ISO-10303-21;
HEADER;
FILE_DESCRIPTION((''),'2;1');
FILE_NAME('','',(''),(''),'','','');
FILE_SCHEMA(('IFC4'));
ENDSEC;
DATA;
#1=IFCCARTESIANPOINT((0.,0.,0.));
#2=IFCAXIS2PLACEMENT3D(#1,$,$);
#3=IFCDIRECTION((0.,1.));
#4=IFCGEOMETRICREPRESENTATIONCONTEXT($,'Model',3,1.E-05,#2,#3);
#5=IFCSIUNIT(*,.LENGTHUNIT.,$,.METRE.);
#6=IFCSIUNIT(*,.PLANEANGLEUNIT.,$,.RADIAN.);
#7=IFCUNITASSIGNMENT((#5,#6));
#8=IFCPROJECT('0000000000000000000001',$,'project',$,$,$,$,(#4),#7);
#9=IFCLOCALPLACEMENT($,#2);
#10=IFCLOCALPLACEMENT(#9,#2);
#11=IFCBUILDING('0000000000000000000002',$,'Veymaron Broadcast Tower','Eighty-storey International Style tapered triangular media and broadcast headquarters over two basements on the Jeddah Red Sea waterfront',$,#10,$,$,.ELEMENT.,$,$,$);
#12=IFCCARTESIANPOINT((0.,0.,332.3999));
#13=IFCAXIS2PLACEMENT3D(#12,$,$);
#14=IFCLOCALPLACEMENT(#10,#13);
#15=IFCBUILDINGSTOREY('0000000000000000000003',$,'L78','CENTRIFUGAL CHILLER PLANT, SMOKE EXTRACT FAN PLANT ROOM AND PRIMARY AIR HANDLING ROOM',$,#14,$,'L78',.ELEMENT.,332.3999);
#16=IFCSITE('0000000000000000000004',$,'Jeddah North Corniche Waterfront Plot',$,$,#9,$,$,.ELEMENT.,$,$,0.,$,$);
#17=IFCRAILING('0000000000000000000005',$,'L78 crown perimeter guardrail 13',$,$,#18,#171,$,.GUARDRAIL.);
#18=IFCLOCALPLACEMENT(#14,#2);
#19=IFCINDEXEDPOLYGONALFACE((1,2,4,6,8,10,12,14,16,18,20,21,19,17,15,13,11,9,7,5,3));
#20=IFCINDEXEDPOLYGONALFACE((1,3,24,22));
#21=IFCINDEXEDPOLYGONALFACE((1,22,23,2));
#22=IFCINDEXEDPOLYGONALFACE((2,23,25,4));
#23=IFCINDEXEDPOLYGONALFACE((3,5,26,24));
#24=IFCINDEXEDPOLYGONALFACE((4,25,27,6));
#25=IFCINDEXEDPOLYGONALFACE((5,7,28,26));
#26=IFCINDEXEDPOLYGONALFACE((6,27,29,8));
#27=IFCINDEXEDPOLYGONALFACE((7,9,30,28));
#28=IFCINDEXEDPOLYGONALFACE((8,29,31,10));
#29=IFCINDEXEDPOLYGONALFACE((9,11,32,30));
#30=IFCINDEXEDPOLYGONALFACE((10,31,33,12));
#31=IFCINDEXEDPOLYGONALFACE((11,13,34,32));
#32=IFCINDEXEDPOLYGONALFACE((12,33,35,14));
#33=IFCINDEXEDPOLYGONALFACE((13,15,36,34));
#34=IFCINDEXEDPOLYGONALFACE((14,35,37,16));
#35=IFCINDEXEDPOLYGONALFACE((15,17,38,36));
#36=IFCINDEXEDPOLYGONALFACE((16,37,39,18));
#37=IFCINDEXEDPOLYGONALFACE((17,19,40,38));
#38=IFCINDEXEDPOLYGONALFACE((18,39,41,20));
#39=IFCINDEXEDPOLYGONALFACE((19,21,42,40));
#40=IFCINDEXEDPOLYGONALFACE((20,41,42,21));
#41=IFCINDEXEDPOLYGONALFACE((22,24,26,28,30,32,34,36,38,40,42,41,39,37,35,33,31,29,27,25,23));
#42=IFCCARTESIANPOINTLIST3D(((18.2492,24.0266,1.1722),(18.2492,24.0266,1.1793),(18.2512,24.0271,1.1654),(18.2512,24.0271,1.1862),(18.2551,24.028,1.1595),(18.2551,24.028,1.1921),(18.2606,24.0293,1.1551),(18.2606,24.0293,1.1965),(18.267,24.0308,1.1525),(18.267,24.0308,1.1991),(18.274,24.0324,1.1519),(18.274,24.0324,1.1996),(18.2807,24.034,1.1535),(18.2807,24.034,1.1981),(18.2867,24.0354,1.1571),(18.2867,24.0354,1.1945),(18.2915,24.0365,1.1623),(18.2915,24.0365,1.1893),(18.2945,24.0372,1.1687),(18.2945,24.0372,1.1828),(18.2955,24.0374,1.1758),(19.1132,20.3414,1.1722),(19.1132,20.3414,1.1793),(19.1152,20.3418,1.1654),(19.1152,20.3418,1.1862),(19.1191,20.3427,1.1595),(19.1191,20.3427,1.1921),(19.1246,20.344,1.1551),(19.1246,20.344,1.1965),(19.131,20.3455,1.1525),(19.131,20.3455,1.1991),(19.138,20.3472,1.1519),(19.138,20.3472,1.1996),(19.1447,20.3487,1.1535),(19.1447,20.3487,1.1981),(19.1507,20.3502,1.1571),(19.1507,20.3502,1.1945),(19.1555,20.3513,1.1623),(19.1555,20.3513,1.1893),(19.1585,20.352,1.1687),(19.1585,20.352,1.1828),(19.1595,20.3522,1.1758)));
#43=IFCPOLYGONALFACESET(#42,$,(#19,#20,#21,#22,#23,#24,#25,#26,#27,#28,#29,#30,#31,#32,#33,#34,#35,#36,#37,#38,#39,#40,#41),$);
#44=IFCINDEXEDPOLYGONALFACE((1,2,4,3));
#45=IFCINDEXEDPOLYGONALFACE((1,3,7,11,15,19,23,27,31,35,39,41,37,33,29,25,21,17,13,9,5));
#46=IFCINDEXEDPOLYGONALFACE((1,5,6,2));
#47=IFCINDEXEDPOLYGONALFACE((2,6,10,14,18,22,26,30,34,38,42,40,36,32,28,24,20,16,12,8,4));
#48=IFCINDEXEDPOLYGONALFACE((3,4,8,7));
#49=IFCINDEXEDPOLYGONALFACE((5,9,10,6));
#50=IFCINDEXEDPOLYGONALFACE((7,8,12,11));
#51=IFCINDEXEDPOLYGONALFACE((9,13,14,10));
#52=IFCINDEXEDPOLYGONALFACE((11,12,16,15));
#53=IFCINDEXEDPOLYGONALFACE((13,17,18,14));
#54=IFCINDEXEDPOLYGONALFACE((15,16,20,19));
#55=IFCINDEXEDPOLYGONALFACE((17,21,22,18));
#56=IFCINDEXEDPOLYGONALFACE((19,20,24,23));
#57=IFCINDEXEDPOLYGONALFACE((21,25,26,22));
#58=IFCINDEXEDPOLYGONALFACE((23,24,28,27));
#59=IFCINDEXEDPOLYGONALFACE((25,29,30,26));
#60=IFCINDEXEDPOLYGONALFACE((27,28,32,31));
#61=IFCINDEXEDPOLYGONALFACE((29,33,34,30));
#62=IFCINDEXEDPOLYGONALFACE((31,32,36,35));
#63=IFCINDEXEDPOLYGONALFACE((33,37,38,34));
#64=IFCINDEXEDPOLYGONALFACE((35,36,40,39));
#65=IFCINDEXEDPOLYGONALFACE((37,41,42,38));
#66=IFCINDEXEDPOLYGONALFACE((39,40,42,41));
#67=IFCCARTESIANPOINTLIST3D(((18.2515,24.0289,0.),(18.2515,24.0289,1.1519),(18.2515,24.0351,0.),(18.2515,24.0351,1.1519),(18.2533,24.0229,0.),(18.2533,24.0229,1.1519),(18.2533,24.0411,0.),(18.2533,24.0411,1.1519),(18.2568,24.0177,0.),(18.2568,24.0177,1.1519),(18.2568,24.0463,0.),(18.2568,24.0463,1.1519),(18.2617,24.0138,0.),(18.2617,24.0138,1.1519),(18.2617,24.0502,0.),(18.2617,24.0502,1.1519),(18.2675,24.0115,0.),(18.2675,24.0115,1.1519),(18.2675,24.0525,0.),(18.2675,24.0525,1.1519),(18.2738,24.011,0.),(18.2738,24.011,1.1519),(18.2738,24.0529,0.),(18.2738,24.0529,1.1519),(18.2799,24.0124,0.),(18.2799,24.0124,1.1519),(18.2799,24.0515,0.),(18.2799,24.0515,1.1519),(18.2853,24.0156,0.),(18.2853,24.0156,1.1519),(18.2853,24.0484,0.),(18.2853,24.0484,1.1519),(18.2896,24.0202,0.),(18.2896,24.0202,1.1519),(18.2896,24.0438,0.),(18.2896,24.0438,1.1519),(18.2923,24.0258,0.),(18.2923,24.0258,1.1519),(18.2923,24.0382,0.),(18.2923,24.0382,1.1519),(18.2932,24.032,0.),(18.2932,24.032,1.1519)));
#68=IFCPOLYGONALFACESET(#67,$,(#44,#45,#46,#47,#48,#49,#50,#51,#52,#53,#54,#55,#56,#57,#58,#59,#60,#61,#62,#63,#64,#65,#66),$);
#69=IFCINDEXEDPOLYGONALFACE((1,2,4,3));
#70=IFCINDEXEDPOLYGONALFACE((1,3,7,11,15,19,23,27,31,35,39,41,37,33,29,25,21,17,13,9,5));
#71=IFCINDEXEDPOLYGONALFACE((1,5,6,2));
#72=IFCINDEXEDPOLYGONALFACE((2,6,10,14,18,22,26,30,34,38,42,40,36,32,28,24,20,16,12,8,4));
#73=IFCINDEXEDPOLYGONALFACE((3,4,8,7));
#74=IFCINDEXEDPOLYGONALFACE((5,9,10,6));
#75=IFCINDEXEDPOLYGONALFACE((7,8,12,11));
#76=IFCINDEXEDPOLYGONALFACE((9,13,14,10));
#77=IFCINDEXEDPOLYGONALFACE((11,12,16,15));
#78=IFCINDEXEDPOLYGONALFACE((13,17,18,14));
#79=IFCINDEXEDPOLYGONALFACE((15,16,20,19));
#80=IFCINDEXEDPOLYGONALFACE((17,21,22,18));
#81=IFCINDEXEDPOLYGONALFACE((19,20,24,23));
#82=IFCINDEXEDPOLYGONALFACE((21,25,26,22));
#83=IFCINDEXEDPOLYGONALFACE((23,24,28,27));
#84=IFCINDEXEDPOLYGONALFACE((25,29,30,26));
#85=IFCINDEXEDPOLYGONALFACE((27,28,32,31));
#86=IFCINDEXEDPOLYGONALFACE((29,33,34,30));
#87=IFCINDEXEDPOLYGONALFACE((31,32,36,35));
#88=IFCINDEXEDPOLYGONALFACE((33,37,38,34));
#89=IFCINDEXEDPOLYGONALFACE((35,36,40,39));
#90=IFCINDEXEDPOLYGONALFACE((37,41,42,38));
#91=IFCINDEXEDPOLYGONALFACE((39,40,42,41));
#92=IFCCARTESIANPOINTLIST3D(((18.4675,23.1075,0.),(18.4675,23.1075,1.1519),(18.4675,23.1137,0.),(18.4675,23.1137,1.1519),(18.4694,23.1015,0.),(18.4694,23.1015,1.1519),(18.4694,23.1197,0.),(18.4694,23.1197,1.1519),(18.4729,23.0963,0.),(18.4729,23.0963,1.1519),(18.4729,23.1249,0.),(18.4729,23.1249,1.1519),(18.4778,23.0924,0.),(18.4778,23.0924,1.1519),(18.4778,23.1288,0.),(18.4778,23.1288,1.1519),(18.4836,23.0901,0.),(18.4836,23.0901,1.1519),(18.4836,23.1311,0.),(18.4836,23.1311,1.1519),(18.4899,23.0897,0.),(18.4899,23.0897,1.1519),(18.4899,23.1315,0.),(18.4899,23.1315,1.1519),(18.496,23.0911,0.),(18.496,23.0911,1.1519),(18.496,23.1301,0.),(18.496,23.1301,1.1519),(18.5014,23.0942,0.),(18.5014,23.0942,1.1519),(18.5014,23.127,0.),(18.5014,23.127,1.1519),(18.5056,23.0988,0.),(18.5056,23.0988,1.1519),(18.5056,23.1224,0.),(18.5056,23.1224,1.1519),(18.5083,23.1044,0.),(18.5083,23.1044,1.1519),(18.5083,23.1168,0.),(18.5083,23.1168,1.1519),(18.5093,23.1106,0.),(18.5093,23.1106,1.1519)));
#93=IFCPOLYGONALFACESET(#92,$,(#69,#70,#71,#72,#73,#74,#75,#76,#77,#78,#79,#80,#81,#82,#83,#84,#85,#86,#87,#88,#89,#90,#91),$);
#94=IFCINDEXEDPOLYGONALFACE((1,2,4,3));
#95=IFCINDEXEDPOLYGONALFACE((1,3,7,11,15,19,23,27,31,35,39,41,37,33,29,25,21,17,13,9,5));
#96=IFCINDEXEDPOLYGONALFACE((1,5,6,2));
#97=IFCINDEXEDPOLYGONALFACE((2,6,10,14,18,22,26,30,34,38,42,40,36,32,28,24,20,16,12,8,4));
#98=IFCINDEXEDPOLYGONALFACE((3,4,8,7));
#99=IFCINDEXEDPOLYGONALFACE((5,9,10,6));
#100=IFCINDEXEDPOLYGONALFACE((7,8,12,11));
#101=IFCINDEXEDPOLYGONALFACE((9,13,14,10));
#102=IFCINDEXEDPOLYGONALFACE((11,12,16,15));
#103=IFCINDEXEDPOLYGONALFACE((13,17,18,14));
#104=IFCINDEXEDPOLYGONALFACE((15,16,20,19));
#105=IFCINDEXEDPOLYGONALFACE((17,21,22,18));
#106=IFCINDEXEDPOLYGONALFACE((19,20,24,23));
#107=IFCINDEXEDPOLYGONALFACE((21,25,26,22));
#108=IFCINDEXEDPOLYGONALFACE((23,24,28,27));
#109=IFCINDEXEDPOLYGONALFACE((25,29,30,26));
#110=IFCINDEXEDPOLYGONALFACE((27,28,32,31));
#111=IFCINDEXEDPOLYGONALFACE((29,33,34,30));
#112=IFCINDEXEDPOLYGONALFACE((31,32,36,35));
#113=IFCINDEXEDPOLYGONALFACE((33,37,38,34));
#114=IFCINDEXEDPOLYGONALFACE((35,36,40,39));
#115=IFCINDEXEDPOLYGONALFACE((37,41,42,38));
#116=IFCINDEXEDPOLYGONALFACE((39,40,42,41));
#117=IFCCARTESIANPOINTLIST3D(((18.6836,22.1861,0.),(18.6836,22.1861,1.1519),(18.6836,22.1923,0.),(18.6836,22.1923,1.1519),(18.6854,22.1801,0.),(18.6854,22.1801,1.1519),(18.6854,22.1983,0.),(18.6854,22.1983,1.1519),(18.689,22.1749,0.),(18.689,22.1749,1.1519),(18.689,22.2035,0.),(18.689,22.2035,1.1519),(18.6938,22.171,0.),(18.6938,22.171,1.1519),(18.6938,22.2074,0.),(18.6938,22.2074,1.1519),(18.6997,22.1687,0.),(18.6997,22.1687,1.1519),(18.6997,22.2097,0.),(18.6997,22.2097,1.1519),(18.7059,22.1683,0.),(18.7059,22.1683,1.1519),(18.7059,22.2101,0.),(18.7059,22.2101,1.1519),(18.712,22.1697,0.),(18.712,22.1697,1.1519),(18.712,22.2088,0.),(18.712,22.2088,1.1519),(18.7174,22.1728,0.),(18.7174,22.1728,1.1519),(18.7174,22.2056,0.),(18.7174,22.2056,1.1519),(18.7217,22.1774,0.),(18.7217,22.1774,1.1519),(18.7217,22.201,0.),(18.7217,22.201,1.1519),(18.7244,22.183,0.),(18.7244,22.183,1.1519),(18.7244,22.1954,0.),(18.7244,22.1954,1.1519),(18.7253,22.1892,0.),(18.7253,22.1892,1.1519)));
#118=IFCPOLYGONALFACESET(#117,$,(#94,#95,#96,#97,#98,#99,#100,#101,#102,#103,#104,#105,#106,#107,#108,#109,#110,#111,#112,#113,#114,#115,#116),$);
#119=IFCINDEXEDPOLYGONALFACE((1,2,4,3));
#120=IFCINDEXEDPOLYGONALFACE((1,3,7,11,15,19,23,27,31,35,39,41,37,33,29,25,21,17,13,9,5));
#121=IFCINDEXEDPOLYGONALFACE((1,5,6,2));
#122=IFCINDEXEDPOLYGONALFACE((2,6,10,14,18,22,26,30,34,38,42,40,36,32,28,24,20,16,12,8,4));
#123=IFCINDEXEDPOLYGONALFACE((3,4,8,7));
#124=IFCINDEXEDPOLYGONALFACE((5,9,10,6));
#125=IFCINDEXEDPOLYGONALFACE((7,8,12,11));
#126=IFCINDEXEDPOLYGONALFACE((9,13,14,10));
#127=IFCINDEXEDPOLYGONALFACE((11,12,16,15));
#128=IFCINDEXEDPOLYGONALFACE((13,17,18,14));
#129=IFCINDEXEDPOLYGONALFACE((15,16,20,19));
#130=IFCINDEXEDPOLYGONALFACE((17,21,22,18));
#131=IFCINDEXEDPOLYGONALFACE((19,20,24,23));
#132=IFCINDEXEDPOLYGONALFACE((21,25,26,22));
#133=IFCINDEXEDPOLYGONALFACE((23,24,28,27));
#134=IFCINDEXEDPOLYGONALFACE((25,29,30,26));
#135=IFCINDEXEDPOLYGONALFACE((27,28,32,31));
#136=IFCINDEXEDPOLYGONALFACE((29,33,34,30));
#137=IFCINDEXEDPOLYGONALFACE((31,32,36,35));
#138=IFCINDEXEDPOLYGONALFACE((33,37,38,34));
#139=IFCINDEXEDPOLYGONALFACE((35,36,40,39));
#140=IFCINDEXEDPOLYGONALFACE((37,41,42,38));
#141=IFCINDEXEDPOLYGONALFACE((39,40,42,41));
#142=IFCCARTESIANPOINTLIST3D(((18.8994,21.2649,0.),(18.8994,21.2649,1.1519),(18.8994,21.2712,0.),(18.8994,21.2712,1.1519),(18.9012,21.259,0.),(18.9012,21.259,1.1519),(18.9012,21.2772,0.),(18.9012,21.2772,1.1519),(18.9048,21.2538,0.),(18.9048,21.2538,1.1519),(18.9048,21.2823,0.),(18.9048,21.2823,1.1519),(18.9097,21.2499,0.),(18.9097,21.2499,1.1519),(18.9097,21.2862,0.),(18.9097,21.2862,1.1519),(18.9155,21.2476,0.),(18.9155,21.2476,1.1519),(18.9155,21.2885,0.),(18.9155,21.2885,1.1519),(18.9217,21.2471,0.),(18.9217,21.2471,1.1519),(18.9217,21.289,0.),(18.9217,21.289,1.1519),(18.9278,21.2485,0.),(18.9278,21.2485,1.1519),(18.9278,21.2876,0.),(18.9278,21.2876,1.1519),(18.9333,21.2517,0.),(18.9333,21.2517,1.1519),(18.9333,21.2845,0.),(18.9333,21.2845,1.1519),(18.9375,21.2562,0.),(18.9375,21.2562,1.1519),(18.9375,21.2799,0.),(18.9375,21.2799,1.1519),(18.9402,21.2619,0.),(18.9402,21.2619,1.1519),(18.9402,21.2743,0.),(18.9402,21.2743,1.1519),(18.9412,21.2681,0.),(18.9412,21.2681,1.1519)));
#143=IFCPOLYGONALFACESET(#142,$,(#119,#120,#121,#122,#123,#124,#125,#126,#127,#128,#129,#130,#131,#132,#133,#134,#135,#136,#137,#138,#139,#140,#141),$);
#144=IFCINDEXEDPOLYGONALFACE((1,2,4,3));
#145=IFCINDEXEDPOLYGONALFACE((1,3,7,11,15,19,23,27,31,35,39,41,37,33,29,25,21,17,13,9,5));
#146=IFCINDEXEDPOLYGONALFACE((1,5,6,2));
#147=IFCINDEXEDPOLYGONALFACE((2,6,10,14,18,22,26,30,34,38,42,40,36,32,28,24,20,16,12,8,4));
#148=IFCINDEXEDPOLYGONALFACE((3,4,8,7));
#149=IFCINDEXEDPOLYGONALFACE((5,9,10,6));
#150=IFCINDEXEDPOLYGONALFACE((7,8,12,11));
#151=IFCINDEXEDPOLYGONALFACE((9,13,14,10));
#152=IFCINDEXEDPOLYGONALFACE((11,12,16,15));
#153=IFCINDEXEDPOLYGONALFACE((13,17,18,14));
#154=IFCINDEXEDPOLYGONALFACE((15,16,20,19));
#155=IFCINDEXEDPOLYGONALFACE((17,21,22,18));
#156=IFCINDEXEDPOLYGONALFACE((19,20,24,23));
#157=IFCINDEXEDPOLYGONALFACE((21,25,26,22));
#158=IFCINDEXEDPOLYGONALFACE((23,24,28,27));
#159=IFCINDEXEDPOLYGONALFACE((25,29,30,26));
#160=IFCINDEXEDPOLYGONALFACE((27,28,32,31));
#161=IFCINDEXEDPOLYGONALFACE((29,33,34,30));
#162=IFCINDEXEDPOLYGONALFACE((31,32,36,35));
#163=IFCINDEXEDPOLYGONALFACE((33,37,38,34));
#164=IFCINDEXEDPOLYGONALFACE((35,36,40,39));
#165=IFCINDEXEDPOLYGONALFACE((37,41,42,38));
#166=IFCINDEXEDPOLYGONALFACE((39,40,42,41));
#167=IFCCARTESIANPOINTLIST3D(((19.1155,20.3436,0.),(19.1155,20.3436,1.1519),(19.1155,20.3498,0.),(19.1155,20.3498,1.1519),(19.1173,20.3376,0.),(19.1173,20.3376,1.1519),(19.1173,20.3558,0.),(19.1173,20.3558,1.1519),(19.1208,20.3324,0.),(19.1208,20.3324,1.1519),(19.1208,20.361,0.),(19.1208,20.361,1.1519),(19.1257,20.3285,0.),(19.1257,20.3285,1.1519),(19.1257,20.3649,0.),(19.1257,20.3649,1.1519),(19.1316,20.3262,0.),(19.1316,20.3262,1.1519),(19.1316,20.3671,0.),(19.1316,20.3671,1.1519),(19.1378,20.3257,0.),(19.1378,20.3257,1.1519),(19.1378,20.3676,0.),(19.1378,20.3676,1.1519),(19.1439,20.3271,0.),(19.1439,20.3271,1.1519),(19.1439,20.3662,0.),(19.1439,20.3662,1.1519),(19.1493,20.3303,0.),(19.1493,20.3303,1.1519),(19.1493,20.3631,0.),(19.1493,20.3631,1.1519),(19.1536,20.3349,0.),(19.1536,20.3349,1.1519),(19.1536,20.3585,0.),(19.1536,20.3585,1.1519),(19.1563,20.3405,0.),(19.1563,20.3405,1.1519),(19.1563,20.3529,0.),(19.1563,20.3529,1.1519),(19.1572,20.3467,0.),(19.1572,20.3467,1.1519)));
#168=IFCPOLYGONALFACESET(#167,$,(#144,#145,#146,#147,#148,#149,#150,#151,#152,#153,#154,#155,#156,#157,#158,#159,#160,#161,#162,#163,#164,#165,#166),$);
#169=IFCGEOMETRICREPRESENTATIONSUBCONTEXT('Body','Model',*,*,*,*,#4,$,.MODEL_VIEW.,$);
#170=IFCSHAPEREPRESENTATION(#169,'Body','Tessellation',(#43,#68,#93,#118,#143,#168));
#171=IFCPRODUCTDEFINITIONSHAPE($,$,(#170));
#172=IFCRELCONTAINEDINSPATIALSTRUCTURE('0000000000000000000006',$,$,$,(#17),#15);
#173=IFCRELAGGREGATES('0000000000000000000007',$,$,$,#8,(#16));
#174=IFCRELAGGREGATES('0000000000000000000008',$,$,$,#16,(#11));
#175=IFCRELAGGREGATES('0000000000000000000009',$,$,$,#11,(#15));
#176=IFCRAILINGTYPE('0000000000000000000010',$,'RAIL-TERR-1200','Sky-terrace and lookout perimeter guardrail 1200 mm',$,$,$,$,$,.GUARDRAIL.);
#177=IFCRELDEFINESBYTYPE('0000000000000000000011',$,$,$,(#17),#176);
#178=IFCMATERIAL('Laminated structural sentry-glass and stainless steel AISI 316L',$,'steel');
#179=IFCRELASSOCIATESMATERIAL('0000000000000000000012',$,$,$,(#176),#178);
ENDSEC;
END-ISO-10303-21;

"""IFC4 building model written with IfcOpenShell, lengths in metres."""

from ifc_helpers import new_model, si_unit, direction, frame, origin, origin_2d, place, context, subcontext, project, spatial, circle, extrude, material, type_object, element, save


model = new_model("IFC4")

# Units and contexts
model_context = context("Model", 3, precision=1e-05, world=origin(), true_north=direction((0.0, 1.0)))
body_context = subcontext(model_context, "Body", "Model", "MODEL_VIEW")
ifc_project = project(units=[si_unit("LENGTHUNIT", "METRE"), si_unit("PLANEANGLEUNIT", "RADIAN")], contexts=[model_context])

# Site, building, storey
site_placement = place(None, origin())
site = spatial("IfcSite", under=ifc_project, at=site_placement, Name="Jeddah North Corniche Waterfront Plot", CompositionType="ELEMENT", RefElevation=0.0)
building_placement = place(site_placement, origin())
building = spatial("IfcBuilding", under=site, at=building_placement, Name="Veymaron Broadcast Tower", Description="Eighty-storey International Style tapered triangular media and broadcast headquarters over two basements on the Jeddah Red Sea waterfront", CompositionType="ELEMENT")
storey_placement = place(building_placement, frame((0.0, 0.0, 332.3999)))
storey = spatial("IfcBuildingStorey", under=building, at=storey_placement, Name="L78", Description="CENTRIFUGAL CHILLER PLANT, SMOKE EXTRACT FAN PLANT ROOM AND PRIMARY AIR HANDLING ROOM", LongName="L78", CompositionType="ELEMENT", Elevation=332.3999)

# Railing
ifc_material_1 = material(Name="Laminated structural sentry-glass and stainless steel AISI 316L", Category="steel")
railing_type = type_object("IfcRailingType", Name="RAIL-TERR-1200", Description="Sky-terrace and lookout perimeter guardrail 1200 mm", PredefinedType="GUARDRAIL", material=ifc_material_1)
railing_1_placement = place(storey_placement, frame((18.2722, 24.032, 0.0)))
element("IfcRailing", 1, at=railing_1_placement, inside=storey, type_object=railing_type, Name="L78 crown perimeter guardrail 13", PredefinedType="GUARDRAIL", context=body_context, shape_type="SweptSolid", body=[
    extrude(circle(Radius=0.0239, at=origin_2d()), frame((0.0, 0.0, 1.1758), z_axis=(0.228259, -0.9736, 0.0), x_axis=(0.9736, 0.228259, 0.0)), (0.0, 0.0, 1.0), 3.7852),
    extrude(circle(Radius=0.021, at=origin_2d()), origin(), (0.0, 0.0, 1.0), 1.1519),
    extrude(circle(Radius=0.021, at=origin_2d()), frame((0.2161, -0.9214, 0.0)), (0.0, 0.0, 1.0), 1.1519),
    extrude(circle(Radius=0.021, at=origin_2d()), frame((0.4321, -1.8428, 0.0)), (0.0, 0.0, 1.0), 1.1519),
    extrude(circle(Radius=0.021, at=origin_2d()), frame((0.6479, -2.7639, 0.0)), (0.0, 0.0, 1.0), 1.1519),
    extrude(circle(Radius=0.021, at=origin_2d()), frame((0.864, -3.6853, 0.0)), (0.0, 0.0, 1.0), 1.1519),
])

save(model, "model.ifc")
